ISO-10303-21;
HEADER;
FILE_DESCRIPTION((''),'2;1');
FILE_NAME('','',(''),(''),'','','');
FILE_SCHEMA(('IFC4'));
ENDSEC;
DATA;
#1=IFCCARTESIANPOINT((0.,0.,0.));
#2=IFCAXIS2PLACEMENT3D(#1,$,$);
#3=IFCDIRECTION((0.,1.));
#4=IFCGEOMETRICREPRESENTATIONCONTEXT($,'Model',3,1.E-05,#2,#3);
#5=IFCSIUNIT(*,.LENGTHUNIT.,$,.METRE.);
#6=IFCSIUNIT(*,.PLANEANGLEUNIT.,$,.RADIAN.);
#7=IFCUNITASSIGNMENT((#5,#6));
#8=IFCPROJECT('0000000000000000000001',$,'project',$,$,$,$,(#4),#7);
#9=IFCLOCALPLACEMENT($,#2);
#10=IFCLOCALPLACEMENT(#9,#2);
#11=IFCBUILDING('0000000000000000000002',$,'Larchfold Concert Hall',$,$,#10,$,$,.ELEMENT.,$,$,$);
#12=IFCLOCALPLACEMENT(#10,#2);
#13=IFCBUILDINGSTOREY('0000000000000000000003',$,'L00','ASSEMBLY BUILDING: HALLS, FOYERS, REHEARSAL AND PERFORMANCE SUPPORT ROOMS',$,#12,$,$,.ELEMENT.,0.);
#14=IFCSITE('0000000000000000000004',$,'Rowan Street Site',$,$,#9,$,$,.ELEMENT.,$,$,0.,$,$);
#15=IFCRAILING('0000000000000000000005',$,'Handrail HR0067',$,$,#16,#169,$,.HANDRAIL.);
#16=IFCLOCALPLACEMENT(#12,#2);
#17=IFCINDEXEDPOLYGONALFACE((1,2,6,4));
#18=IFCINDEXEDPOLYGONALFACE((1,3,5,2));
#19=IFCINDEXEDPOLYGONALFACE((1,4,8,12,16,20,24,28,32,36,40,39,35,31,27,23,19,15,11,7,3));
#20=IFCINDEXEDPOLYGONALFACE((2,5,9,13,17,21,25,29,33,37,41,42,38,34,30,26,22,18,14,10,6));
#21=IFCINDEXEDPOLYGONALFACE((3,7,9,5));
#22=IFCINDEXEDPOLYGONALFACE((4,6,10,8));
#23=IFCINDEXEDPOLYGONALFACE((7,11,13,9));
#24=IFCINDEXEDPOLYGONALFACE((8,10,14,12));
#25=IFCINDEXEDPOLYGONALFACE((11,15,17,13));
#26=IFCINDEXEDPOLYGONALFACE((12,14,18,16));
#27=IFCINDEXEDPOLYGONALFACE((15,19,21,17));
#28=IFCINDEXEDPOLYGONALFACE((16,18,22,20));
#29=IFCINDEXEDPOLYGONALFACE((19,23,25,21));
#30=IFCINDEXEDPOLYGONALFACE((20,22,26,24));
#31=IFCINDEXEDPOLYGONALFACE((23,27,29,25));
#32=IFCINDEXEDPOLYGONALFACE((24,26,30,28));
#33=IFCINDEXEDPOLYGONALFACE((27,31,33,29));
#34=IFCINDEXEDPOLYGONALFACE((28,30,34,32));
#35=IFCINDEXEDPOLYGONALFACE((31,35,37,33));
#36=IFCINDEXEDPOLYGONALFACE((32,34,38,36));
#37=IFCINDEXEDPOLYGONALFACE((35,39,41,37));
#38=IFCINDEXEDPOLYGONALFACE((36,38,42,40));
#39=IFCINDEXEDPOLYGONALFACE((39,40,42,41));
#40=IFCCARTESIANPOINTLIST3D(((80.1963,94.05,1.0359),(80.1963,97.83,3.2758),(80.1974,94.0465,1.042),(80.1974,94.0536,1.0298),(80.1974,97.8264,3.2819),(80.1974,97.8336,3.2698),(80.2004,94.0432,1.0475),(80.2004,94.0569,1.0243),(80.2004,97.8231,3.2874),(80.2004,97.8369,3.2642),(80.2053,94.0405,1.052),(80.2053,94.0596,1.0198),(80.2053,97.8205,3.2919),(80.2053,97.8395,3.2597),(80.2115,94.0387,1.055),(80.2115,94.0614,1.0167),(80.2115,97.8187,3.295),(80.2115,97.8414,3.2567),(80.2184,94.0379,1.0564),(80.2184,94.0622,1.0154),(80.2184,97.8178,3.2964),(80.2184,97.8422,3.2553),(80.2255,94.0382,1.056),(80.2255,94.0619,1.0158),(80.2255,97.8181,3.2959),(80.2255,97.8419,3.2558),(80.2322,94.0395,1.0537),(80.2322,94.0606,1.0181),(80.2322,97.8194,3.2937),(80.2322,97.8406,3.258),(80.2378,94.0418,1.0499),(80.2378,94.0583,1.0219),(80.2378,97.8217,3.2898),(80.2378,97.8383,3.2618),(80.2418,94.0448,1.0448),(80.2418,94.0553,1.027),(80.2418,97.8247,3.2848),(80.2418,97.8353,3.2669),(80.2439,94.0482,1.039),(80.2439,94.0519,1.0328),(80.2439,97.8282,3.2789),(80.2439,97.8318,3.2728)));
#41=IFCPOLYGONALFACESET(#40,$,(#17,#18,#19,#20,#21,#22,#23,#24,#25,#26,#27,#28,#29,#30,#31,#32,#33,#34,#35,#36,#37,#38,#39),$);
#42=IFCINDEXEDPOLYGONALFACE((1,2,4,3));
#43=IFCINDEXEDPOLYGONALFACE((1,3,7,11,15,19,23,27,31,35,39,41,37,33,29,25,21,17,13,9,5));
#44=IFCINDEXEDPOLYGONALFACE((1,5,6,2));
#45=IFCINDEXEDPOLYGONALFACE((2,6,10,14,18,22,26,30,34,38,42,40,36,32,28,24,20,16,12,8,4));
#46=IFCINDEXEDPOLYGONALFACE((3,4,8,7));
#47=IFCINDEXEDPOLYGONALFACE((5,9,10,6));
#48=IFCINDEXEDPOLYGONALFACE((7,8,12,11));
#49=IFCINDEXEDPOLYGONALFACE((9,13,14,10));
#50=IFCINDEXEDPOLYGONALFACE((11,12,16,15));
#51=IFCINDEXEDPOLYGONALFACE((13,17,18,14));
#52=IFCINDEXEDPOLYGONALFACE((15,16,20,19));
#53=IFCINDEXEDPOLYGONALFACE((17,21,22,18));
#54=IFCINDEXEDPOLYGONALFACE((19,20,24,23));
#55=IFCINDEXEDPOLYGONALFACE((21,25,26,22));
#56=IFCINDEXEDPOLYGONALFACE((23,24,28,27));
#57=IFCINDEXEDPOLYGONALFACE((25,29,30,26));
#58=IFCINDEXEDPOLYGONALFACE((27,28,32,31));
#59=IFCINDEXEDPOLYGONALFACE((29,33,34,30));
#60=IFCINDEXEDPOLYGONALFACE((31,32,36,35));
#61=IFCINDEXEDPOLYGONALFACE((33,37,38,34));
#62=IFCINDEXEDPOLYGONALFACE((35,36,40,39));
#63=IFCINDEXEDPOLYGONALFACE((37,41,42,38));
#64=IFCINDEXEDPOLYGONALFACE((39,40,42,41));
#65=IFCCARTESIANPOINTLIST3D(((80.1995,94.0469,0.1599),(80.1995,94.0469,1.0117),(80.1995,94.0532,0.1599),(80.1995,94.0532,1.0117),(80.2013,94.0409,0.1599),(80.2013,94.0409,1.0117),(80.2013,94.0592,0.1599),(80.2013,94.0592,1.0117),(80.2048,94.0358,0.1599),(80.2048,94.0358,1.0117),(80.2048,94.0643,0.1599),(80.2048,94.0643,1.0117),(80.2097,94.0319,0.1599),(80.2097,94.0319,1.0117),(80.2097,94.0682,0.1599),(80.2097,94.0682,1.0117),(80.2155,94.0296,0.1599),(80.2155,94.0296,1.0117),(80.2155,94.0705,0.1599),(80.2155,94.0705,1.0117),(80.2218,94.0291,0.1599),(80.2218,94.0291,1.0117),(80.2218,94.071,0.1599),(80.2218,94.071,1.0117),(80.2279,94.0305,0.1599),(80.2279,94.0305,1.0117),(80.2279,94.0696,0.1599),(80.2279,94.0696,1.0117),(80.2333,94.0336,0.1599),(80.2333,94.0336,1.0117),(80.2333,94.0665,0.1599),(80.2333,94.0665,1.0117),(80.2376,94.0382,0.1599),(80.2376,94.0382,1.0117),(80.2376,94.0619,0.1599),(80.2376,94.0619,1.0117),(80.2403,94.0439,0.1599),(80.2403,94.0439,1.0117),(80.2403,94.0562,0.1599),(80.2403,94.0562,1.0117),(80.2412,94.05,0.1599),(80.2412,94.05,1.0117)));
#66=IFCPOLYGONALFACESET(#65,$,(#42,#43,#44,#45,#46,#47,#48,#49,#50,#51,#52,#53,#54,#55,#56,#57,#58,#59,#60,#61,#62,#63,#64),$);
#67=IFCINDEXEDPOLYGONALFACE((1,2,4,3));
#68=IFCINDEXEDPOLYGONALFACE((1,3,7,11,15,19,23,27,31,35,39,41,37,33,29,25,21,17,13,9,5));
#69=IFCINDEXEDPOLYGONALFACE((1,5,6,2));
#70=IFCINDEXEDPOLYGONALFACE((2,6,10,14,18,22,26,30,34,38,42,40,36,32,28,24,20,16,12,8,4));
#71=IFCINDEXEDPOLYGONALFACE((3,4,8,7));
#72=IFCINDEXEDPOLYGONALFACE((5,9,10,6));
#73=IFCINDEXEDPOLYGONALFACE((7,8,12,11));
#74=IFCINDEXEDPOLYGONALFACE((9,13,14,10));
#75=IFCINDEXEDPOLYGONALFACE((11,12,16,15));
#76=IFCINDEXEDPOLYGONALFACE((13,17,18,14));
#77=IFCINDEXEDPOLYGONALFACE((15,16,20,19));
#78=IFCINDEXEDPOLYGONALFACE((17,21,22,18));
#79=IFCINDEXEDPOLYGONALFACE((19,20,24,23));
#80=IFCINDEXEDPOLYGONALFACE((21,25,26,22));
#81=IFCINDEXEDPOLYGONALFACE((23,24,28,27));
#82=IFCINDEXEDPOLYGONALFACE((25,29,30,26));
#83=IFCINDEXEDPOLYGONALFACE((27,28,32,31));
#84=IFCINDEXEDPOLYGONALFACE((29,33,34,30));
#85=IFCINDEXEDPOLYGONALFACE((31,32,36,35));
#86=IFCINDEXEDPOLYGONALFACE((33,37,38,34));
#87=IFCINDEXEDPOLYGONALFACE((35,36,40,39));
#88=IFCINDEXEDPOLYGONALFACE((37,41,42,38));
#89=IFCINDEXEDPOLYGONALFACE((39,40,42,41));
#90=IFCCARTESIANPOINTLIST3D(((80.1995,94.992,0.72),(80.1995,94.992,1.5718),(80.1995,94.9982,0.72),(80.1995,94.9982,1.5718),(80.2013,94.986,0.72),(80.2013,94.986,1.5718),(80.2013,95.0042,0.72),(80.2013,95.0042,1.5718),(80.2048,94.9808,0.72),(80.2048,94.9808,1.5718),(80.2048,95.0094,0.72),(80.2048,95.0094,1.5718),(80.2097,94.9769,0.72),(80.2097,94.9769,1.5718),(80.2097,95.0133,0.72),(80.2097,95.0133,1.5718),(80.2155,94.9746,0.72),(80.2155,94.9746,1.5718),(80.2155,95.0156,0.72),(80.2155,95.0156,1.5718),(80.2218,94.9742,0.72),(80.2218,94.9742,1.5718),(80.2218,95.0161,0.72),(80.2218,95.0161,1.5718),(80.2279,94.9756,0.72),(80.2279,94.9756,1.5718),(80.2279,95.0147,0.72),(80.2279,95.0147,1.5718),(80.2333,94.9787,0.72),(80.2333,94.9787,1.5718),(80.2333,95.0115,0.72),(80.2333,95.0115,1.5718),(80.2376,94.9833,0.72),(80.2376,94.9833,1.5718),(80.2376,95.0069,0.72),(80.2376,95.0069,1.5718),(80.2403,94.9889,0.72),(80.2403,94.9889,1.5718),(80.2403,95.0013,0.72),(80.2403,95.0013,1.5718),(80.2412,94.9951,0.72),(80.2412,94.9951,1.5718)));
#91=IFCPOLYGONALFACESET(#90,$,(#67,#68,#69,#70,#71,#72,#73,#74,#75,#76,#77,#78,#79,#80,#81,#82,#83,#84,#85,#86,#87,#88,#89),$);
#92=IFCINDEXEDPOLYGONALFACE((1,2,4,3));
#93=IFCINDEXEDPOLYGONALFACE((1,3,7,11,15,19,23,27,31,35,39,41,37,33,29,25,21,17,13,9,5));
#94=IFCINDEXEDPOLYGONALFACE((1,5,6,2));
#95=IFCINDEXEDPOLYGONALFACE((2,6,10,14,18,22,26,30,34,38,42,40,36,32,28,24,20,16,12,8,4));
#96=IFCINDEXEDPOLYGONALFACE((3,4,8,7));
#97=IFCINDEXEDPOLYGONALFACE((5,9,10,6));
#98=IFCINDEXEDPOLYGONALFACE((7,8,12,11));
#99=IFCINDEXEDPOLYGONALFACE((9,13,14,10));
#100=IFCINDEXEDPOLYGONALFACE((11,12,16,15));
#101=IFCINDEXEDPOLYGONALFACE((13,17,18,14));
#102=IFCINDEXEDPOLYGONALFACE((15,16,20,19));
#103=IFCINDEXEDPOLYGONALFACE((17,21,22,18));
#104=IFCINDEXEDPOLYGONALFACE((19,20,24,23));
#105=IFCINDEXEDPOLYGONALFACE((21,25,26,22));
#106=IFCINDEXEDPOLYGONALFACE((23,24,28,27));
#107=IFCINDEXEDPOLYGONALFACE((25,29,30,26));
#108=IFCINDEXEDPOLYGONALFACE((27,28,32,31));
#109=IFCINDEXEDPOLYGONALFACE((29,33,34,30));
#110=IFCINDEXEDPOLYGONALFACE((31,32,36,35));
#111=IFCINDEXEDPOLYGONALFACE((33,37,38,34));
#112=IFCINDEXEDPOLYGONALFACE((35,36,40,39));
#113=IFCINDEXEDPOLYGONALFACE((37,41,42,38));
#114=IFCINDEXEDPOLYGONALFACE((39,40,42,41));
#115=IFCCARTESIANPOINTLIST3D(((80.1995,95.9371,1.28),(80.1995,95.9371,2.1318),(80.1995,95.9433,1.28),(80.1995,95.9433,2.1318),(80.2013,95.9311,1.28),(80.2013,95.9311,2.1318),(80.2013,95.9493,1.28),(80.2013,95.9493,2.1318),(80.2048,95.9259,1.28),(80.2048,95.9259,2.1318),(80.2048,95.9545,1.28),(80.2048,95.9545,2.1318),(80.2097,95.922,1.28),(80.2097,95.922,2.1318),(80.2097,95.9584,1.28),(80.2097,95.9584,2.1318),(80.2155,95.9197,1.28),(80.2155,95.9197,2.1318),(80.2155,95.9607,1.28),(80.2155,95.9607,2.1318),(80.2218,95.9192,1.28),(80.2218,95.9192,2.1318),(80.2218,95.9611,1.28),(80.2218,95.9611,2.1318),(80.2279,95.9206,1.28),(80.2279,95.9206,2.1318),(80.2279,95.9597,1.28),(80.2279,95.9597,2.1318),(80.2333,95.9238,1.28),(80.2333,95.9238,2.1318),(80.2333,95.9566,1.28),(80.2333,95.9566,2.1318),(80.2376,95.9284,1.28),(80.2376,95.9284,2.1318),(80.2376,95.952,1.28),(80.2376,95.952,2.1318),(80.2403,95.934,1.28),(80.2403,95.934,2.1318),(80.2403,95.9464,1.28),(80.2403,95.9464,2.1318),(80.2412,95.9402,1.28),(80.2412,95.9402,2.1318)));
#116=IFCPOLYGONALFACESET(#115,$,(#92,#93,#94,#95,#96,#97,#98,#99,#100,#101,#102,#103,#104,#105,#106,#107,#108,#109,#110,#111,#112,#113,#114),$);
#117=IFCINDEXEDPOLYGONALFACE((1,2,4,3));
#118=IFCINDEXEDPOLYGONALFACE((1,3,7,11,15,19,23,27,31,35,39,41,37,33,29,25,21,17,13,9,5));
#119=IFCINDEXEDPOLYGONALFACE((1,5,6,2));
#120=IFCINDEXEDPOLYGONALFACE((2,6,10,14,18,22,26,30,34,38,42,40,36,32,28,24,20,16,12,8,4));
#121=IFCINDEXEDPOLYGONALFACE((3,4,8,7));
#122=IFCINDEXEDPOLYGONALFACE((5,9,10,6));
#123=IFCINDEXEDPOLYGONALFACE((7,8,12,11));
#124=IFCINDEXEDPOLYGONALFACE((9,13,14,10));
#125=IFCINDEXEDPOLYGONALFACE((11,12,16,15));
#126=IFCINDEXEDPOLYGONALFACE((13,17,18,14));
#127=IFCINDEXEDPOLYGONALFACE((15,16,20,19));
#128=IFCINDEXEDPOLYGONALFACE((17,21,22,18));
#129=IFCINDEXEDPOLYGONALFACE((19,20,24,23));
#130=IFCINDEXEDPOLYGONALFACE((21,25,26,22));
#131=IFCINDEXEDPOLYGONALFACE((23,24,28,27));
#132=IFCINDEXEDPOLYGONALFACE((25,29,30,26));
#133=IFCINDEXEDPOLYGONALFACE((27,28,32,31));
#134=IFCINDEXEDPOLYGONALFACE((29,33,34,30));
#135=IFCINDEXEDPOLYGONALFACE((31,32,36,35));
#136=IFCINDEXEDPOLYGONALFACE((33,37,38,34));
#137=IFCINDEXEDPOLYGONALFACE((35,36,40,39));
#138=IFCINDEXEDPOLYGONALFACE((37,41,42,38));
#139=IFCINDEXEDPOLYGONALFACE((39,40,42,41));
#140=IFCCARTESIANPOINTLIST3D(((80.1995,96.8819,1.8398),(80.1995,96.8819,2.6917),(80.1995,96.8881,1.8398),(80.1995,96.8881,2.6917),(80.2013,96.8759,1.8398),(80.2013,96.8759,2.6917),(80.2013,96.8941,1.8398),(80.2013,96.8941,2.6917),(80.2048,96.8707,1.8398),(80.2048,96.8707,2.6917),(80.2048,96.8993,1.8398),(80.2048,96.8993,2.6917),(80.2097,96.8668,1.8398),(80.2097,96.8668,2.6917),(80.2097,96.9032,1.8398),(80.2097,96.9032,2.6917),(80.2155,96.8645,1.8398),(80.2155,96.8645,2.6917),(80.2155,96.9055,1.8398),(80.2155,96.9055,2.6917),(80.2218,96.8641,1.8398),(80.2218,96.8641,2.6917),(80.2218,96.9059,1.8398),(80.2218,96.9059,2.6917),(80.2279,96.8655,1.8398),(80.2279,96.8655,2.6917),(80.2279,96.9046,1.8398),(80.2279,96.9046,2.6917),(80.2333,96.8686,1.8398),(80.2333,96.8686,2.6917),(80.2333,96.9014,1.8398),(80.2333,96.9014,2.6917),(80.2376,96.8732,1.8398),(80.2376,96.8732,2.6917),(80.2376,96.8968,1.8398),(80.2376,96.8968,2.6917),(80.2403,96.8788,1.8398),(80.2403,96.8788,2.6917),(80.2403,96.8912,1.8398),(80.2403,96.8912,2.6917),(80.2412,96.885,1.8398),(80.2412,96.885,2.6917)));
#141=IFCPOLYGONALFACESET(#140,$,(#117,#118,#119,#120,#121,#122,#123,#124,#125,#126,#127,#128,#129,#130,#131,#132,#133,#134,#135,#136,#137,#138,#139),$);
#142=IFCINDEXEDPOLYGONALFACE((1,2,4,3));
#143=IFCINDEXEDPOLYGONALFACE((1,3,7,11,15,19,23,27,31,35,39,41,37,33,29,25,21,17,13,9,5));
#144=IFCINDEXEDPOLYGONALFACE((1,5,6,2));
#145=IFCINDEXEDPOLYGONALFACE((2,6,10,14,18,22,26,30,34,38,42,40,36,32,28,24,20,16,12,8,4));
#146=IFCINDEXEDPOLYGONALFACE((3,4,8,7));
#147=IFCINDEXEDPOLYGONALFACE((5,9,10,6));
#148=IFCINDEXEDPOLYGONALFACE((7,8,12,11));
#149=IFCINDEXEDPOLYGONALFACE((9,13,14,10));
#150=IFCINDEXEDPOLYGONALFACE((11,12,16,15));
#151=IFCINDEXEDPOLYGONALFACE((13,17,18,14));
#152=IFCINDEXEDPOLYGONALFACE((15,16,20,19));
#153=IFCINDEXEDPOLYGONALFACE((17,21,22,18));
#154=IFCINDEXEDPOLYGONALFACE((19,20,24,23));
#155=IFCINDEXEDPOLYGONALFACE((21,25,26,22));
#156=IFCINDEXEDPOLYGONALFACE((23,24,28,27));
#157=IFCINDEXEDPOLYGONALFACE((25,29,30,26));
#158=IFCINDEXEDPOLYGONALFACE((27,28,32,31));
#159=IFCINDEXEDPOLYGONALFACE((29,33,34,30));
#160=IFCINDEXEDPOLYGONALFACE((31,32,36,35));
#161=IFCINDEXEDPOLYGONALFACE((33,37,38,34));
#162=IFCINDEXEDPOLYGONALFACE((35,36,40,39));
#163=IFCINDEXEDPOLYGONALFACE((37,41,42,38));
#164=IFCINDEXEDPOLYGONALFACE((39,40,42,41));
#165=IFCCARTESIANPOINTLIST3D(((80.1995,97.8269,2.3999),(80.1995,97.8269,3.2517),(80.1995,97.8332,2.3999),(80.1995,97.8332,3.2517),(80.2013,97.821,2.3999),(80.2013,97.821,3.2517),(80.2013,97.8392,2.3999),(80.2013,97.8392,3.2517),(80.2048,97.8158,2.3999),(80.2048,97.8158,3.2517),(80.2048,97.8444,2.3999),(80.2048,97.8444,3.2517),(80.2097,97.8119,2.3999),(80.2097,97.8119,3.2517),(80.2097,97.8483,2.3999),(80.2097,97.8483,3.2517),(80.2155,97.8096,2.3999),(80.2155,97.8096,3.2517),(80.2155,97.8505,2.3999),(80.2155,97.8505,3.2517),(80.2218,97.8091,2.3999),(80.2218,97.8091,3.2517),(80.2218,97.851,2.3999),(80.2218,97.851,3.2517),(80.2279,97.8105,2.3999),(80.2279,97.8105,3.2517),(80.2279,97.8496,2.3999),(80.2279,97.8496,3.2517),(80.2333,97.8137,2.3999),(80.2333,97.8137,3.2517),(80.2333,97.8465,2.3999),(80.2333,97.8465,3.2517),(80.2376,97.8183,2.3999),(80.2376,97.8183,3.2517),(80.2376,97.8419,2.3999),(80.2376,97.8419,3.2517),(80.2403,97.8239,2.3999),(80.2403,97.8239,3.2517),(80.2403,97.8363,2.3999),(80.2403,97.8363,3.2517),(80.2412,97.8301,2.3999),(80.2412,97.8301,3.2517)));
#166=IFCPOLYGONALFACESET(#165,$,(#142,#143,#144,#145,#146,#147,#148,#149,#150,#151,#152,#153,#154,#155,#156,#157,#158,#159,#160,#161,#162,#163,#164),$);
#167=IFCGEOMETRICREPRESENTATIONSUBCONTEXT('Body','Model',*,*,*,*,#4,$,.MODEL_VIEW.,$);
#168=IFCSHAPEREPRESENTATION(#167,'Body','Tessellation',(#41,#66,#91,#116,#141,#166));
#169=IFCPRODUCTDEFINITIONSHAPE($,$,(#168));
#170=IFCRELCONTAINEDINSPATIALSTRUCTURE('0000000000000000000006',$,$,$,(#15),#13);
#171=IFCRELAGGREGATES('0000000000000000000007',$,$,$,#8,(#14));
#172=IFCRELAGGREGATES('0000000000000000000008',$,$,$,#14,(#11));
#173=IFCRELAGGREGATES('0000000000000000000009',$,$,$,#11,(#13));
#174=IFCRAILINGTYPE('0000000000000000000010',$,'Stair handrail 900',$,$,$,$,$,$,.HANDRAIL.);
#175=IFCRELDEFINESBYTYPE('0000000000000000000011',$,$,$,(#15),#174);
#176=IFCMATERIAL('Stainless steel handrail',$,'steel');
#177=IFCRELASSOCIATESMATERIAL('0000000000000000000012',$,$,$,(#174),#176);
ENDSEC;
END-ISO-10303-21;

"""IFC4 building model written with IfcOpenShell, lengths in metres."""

from ifc_helpers import new_model, si_unit, direction, frame, origin, origin_2d, place, context, subcontext, project, spatial, circle, extrude, material, type_object, element, save


model = new_model("IFC4")

# Units and contexts
model_context = context("Model", 3, precision=1e-05, world=origin(), true_north=direction((0.0, 1.0)))
body_context = subcontext(model_context, "Body", "Model", "MODEL_VIEW")
ifc_project = project(units=[si_unit("LENGTHUNIT", "METRE"), si_unit("PLANEANGLEUNIT", "RADIAN")], contexts=[model_context])

# Site, building, storey
site_placement = place(None, origin())
site = spatial("IfcSite", under=ifc_project, at=site_placement, Name="Rowan Street Site", CompositionType="ELEMENT", RefElevation=0.0)
building_placement = place(site_placement, origin())
building = spatial("IfcBuilding", under=site, at=building_placement, Name="Larchfold Concert Hall", CompositionType="ELEMENT")
storey_placement = place(building_placement, origin())
storey = spatial("IfcBuildingStorey", under=building, at=storey_placement, Name="L00", Description="ASSEMBLY BUILDING: HALLS, FOYERS, REHEARSAL AND PERFORMANCE SUPPORT ROOMS", CompositionType="ELEMENT", Elevation=0.0)

# Railing
ifc_material_1 = material(Name="Stainless steel handrail", Category="steel")
railing_type_1 = type_object("IfcRailingType", Name="Stair handrail 900", PredefinedType="HANDRAIL", material=ifc_material_1)
railing_1_placement = place(storey_placement, frame((80.2202, 94.05, 0.1599)))
element("IfcRailing", 1, at=railing_1_placement, inside=storey, type_object=railing_type_1, Name="Handrail HR0067", PredefinedType="HANDRAIL", context=body_context, shape_type="SweptSolid", body=[
    extrude(circle(Radius=0.0239, at=origin_2d()), frame((0.0, 0.0, 0.876), z_axis=(0.0, 0.860294, 0.509798), x_axis=(-1.0, 0.0, 0.0)), (0.0, 0.0, 1.0), 4.3938),
    extrude(circle(Radius=0.021, at=origin_2d()), origin(), (0.0, 0.0, 1.0), 0.8518),
    extrude(circle(Radius=0.021, at=origin_2d()), frame((0.0, 0.9451, 0.5601)), (0.0, 0.0, 1.0), 0.8518),
    extrude(circle(Radius=0.021, at=origin_2d()), frame((0.0, 1.8901, 1.1201)), (0.0, 0.0, 1.0), 0.8518),
    extrude(circle(Radius=0.021, at=origin_2d()), frame((0.0, 2.835, 1.6799)), (0.0, 0.0, 1.0), 0.8518),
    extrude(circle(Radius=0.021, at=origin_2d()), frame((0.0, 3.78, 2.24)), (0.0, 0.0, 1.0), 0.8518),
])

save(model, "model.ifc")
